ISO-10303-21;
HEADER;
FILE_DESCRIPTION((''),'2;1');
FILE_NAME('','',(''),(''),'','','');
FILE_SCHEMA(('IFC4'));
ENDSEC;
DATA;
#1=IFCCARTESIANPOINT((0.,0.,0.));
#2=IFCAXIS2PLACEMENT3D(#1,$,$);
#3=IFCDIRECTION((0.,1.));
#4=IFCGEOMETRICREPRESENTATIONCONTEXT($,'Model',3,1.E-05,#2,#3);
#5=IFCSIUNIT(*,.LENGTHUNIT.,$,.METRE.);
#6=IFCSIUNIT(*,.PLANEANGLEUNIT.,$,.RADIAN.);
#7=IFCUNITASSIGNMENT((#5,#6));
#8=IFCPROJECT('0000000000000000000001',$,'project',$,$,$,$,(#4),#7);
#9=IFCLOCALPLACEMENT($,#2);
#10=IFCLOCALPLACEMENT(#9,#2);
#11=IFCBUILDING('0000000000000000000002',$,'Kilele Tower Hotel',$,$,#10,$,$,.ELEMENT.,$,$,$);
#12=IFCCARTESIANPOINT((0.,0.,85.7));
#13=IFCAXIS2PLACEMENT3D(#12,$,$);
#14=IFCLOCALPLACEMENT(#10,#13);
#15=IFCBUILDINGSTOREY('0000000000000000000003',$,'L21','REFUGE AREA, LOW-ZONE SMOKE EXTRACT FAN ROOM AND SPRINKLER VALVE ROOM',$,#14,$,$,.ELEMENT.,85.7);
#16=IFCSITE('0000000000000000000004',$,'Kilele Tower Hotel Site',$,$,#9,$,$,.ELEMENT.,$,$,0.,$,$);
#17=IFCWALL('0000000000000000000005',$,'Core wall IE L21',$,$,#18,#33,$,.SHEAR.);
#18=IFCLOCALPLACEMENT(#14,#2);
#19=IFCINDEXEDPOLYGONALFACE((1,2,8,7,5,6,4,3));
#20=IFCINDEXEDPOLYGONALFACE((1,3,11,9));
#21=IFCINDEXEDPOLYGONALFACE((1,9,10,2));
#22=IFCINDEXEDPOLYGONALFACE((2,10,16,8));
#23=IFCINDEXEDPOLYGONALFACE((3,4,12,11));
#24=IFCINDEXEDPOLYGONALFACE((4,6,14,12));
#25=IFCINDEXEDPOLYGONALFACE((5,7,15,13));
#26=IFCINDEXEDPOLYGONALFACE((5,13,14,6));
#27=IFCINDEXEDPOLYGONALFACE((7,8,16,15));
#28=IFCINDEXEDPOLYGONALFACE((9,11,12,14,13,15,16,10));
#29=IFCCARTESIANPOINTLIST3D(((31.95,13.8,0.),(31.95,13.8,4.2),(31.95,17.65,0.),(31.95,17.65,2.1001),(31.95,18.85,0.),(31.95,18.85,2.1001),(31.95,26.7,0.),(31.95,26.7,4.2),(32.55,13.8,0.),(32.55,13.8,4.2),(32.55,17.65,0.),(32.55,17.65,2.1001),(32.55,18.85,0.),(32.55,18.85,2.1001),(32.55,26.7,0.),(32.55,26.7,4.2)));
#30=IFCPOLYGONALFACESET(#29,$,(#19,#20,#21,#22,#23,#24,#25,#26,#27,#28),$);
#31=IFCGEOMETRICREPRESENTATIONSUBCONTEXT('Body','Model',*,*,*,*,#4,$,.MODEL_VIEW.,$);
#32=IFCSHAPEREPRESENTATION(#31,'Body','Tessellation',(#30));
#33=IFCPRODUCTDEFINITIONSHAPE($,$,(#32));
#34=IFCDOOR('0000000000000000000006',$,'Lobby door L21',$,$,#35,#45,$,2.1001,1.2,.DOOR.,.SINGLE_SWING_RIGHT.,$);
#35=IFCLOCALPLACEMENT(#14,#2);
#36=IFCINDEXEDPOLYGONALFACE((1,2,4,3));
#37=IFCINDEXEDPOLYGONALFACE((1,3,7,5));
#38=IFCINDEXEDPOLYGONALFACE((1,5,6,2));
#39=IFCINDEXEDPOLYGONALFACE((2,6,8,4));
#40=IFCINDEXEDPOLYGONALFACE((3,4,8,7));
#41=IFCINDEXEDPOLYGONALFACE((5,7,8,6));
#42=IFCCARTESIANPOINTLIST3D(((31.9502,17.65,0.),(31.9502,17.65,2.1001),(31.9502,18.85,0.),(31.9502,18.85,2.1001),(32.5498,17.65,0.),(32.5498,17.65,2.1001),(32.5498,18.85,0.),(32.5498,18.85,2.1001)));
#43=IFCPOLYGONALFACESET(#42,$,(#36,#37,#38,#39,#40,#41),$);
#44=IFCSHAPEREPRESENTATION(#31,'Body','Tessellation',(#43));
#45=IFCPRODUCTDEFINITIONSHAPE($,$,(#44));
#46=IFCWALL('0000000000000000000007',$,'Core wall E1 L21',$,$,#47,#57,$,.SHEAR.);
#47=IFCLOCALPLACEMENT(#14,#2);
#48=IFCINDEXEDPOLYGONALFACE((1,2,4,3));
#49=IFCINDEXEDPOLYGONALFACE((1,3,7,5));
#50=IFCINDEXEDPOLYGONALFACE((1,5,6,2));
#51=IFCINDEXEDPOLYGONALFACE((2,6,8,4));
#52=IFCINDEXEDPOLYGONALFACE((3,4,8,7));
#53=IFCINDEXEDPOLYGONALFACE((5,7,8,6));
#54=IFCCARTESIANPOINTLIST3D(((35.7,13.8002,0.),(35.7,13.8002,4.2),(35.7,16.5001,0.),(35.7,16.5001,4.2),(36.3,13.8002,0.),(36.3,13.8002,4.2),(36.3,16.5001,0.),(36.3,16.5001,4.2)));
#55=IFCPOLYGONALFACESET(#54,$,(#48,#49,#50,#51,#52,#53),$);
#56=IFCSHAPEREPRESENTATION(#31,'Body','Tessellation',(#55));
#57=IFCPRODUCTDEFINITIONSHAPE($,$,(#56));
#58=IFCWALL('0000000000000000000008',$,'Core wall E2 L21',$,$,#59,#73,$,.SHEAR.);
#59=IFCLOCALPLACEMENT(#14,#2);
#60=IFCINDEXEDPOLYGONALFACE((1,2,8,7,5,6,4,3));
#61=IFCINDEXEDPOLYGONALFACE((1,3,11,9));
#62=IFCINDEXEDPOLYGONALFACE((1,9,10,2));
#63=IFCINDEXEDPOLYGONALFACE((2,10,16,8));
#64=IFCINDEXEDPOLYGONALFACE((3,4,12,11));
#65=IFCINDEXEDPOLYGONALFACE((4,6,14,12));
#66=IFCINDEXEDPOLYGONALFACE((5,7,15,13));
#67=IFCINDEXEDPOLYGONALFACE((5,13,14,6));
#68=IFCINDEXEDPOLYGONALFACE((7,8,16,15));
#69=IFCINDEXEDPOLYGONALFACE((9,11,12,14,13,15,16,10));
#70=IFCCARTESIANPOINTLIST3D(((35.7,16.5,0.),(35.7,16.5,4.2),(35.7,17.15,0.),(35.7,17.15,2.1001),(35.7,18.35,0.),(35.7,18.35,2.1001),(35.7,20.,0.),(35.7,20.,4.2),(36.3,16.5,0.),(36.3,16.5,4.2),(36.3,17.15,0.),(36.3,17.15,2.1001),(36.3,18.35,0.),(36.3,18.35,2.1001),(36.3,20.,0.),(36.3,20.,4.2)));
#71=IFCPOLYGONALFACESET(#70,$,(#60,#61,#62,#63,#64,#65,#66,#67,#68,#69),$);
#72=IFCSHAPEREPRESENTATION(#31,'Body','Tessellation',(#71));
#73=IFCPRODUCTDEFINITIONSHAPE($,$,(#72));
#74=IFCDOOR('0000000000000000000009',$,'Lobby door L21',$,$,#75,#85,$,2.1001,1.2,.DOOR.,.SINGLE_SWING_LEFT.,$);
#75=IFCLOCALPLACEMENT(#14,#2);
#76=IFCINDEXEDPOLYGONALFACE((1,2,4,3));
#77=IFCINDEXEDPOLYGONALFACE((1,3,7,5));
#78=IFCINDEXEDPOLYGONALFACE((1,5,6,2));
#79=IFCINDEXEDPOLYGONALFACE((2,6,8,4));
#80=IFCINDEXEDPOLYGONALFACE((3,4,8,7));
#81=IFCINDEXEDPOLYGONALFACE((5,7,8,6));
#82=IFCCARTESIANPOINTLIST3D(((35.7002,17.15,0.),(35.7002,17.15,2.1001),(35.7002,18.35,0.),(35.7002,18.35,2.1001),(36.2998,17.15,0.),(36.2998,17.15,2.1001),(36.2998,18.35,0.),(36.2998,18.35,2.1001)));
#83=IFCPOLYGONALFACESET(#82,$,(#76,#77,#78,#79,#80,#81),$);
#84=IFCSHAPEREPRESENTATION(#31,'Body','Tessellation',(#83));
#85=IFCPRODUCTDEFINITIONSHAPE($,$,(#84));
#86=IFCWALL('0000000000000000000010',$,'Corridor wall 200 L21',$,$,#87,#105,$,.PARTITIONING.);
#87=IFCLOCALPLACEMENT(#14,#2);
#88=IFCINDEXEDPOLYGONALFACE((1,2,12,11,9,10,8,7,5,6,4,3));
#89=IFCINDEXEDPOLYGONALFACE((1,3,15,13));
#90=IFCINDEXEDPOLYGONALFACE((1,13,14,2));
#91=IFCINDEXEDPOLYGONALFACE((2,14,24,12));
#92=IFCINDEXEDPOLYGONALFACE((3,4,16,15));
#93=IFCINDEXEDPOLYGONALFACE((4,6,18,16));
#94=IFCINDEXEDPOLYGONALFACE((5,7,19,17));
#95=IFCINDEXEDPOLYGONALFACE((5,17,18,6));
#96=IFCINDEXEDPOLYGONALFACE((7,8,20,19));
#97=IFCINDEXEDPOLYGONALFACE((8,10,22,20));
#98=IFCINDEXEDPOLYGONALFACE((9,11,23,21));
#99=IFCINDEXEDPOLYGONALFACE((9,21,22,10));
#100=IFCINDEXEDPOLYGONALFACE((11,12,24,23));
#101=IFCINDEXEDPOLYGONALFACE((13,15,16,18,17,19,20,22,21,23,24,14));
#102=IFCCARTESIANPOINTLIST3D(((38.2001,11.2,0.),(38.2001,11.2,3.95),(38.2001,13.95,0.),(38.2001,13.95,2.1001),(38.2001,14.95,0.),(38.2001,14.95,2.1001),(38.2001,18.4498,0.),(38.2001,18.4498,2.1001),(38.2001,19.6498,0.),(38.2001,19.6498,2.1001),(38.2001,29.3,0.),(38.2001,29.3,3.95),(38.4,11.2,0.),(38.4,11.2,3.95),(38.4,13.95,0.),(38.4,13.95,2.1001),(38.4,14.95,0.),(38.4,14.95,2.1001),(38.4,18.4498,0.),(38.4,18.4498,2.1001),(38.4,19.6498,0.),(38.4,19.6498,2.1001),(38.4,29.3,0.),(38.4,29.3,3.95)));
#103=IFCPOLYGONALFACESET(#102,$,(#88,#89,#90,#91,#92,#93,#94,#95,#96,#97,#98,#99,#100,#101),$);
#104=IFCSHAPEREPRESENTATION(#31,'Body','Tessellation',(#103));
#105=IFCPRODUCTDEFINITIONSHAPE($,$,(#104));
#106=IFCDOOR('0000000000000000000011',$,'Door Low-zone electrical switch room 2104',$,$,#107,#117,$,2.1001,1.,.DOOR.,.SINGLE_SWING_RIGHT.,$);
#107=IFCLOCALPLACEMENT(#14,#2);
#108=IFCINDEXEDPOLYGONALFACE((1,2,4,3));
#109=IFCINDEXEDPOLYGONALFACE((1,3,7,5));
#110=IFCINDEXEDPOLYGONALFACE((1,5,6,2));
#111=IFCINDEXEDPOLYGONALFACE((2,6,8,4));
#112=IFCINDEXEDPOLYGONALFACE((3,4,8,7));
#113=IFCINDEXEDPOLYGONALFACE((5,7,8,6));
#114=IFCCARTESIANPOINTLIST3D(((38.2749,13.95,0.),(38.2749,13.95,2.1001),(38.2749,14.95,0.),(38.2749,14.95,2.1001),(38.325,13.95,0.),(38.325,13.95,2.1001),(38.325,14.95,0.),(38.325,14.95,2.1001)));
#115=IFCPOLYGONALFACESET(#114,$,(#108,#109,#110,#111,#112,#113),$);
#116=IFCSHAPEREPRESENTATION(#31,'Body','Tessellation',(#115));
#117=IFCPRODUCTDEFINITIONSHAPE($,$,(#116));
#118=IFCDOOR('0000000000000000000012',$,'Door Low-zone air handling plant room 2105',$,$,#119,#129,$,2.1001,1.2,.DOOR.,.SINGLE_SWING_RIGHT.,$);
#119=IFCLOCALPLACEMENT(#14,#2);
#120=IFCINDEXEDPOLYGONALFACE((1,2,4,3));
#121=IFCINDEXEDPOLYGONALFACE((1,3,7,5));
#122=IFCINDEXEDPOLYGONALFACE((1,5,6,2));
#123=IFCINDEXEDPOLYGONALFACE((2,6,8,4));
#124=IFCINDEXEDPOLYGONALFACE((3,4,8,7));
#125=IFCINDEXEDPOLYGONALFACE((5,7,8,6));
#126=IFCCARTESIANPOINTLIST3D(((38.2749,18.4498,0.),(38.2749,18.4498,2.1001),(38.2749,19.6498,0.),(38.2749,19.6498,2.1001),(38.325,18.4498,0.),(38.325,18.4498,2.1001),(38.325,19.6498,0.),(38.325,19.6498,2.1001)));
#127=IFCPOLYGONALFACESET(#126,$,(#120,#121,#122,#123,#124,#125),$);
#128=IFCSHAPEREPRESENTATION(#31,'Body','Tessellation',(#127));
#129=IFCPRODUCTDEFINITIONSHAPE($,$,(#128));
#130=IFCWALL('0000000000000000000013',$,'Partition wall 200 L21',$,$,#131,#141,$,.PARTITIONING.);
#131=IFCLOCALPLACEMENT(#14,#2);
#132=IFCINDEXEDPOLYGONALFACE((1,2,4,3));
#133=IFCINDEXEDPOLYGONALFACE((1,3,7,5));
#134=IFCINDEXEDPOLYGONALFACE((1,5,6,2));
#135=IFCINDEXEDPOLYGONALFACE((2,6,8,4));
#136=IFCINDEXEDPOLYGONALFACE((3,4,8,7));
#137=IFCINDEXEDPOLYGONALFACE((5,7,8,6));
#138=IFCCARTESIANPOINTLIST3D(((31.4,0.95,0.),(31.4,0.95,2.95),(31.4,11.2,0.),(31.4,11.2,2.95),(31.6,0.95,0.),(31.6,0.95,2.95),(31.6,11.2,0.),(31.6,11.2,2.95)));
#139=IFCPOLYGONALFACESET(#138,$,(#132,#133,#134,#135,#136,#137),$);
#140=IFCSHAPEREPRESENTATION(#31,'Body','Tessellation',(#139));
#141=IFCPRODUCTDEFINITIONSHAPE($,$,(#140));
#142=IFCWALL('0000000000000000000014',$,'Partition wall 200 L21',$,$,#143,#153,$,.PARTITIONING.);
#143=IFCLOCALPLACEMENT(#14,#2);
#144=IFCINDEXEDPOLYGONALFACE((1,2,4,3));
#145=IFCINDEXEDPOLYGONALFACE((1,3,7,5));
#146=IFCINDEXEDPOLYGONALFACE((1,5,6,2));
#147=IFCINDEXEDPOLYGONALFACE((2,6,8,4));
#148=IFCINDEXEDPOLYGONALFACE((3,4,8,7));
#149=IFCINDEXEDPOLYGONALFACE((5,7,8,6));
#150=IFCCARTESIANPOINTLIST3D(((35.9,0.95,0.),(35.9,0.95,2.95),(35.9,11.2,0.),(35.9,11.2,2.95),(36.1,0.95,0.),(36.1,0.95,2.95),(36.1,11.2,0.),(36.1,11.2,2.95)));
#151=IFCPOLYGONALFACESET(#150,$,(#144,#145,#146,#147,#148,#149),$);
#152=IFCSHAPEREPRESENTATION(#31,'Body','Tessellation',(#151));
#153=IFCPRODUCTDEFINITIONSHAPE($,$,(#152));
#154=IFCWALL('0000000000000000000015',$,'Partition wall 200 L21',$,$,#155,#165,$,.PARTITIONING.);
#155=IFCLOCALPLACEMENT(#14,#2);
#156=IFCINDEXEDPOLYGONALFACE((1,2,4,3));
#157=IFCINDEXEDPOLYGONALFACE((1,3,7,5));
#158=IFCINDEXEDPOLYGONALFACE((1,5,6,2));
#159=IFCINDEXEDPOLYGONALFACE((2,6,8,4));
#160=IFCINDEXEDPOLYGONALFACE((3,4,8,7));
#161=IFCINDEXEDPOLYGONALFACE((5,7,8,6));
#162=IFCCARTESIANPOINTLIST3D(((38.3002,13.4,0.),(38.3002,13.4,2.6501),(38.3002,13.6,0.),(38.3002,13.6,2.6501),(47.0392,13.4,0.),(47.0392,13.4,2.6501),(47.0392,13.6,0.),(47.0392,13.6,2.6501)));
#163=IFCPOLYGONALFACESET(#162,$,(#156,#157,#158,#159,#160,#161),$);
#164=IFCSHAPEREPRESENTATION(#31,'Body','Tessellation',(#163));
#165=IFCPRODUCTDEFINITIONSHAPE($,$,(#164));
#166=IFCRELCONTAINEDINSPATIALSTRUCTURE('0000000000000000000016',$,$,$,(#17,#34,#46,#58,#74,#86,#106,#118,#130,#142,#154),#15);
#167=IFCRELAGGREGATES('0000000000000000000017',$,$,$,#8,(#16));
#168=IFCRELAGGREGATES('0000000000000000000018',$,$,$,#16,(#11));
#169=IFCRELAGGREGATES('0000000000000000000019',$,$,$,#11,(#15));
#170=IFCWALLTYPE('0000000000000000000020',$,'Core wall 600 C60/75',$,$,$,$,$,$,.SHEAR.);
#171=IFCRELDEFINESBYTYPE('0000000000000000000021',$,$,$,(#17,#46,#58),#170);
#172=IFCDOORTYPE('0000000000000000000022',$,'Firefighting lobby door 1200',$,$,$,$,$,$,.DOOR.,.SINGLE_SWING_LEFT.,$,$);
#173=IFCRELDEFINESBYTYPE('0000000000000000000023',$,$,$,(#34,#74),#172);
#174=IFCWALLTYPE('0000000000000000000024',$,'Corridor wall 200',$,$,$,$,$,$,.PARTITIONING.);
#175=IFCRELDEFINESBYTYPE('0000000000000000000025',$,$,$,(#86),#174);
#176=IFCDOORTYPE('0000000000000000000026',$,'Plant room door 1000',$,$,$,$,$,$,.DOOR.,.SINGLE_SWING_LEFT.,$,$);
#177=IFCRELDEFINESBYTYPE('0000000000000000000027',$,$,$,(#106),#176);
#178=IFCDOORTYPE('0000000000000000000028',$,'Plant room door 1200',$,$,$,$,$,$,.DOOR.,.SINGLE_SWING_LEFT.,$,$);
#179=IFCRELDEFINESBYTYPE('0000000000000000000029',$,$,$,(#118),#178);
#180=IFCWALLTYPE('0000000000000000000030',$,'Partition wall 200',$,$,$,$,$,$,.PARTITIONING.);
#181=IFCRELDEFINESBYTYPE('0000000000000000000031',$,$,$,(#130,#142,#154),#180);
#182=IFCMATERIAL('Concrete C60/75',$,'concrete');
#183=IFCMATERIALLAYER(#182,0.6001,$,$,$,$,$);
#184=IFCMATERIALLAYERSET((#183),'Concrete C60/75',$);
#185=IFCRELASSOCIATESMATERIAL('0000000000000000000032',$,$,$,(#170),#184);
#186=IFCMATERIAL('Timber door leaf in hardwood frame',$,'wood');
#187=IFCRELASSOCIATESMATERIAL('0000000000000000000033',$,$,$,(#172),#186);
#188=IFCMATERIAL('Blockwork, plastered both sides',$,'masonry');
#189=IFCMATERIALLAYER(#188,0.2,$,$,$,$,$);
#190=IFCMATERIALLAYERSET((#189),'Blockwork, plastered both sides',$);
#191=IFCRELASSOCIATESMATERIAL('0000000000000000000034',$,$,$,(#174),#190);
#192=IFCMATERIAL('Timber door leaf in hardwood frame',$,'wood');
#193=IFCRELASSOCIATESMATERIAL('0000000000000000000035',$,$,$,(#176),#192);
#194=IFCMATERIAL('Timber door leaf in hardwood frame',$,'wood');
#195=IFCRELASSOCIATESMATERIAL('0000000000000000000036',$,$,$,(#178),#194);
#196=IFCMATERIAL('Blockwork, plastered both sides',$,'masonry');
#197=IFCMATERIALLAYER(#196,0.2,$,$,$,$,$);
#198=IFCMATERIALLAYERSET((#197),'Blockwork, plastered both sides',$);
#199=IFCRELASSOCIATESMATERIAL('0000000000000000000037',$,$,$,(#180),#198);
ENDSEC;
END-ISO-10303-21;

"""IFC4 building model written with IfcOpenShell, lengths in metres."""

from ifc_helpers import new_model, si_unit, direction, frame, frame_2d, origin, place, context, subcontext, project, spatial, rectangle, extrude, material, layer, layer_set, type_object, element, fill, save


model = new_model("IFC4")

# Units and contexts
model_context = context("Model", 3, precision=1e-05, world=origin(), true_north=direction((0.0, 1.0)))
body_context = subcontext(model_context, "Body", "Model", "MODEL_VIEW")
ifc_project = project(units=[si_unit("LENGTHUNIT", "METRE"), si_unit("PLANEANGLEUNIT", "RADIAN")], contexts=[model_context])

# Site, building, storey
site_placement = place(None, origin())
site = spatial("IfcSite", under=ifc_project, at=site_placement, Name="Kilele Tower Hotel Site", CompositionType="ELEMENT", RefElevation=0.0)
building_placement = place(site_placement, origin())
building = spatial("IfcBuilding", under=site, at=building_placement, Name="Kilele Tower Hotel", CompositionType="ELEMENT")
storey_placement = place(building_placement, frame((0.0, 0.0, 85.7)))
storey = spatial("IfcBuildingStorey", under=building, at=storey_placement, Name="L21", Description="REFUGE AREA, LOW-ZONE SMOKE EXTRACT FAN ROOM AND SPRINKLER VALVE ROOM", CompositionType="ELEMENT", Elevation=85.7)

# Wall, opening, door
ifc_material_1 = material(Name="Concrete C60/75", Category="concrete")
ifc_layer_1 = layer(ifc_material_1, 0.6001)
ifc_layer_set_1 = layer_set([ifc_layer_1], Name="Concrete C60/75")
wall_type_1 = type_object("IfcWallType", Name="Core wall 600 C60/75", PredefinedType="SHEAR", material=ifc_layer_set_1)
wall_1_placement = place(storey_placement, frame((32.25, 13.8, 0.0), z_axis=(0.0, 0.0, 1.0), x_axis=(0.0, 1.0, 0.0)))
wall_1 = element("IfcWall", 1, at=wall_1_placement, inside=storey, type_object=wall_type_1, Name="Core wall IE L21", PredefinedType="SHEAR", context=body_context, shape_type="SweptSolid", body=[
    extrude(rectangle(XDim=12.8999, YDim=0.6001, at=frame_2d((6.45, 0.0))), origin(), (0.0, 0.0, 1.0), 4.2),
])
opening_1_placement = place(wall_1_placement, frame((5.05, 0.0, 0.0), z_axis=(0.0, 0.0, 1.0), x_axis=(-1.0, 0.0, 0.0)))
opening_1 = element("IfcOpeningElement", 2, at=opening_1_placement, cuts=wall_1, PredefinedType="OPENING", context=body_context, shape_type="SweptSolid", body=[
    extrude(rectangle(XDim=1.2, YDim=2.1001, at=frame_2d((0.6001, 1.05))), frame((0.0, 0.3101, 0.0), z_axis=(0.0, -1.0, 0.0), x_axis=(1.0, 0.0, 0.0)), (0.0, 0.0, 1.0), 0.6201),
])
ifc_material_2 = material(Name="Timber door leaf in hardwood frame", Category="wood")
door_type_1 = type_object("IfcDoorType", Name="Firefighting lobby door 1200", OperationType="SINGLE_SWING_LEFT", PredefinedType="DOOR", material=ifc_material_2)
door_1_placement = place(opening_1_placement, origin())
door_1 = element("IfcDoor", 3, at=door_1_placement, inside=storey, type_object=door_type_1, Name="Lobby door L21", OperationType="SINGLE_SWING_RIGHT", OverallHeight=2.1001, OverallWidth=1.2, PredefinedType="DOOR", context=body_context, shape_type="SweptSolid", body=[
    extrude(rectangle(XDim=1.2, YDim=2.1001, at=frame_2d((0.6001, 1.05))), frame((0.0, 0.2998, 0.0), z_axis=(0.0, -1.0, 0.0), x_axis=(1.0, 0.0, 0.0)), (0.0, 0.0, 1.0), 0.5996),
])
fill(opening_1, door_1)

# Wall
wall_2_placement = place(storey_placement, frame((36.0, 13.8, 0.0), z_axis=(0.0, 0.0, 1.0), x_axis=(0.0, 1.0, 0.0)))
element("IfcWall", 4, at=wall_2_placement, inside=storey, type_object=wall_type_1, Name="Core wall E1 L21", PredefinedType="SHEAR", context=body_context, shape_type="SweptSolid", body=[
    extrude(rectangle(XDim=2.7, YDim=0.6001, at=frame_2d((1.3501, 0.0))), origin(), (0.0, 0.0, 1.0), 4.2),
])

# Wall, opening, door
wall_3_placement = place(storey_placement, frame((36.0, 16.5, 0.0), z_axis=(0.0, 0.0, 1.0), x_axis=(0.0, 1.0, 0.0)))
wall_3 = element("IfcWall", 5, at=wall_3_placement, inside=storey, type_object=wall_type_1, Name="Core wall E2 L21", PredefinedType="SHEAR", context=body_context, shape_type="SweptSolid", body=[
    extrude(rectangle(XDim=3.5, YDim=0.6001, at=frame_2d((1.75, 0.0))), origin(), (0.0, 0.0, 1.0), 4.2),
])
opening_2_placement = place(wall_3_placement, frame((0.6499, 0.0, 0.0)))
opening_2 = element("IfcOpeningElement", 6, at=opening_2_placement, cuts=wall_3, PredefinedType="OPENING", context=body_context, shape_type="SweptSolid", body=[
    extrude(rectangle(XDim=1.2, YDim=2.1001, at=frame_2d((0.6001, 1.05))), frame((0.0, 0.3101, 0.0), z_axis=(0.0, -1.0, 0.0), x_axis=(1.0, 0.0, 0.0)), (0.0, 0.0, 1.0), 0.6201),
])
door_2_placement = place(opening_2_placement, origin())
door_2 = element("IfcDoor", 7, at=door_2_placement, inside=storey, type_object=door_type_1, Name="Lobby door L21", OperationType="SINGLE_SWING_LEFT", OverallHeight=2.1001, OverallWidth=1.2, PredefinedType="DOOR", context=body_context, shape_type="SweptSolid", body=[
    extrude(rectangle(XDim=1.2, YDim=2.1001, at=frame_2d((0.6001, 1.05))), frame((0.0, 0.2998, 0.0), z_axis=(0.0, -1.0, 0.0), x_axis=(1.0, 0.0, 0.0)), (0.0, 0.0, 1.0), 0.5996),
])
fill(opening_2, door_2)

# Wall, openings, doors
ifc_material_3 = material(Name="Blockwork, plastered both sides", Category="masonry")
ifc_layer_2 = layer(ifc_material_3, 0.2)
ifc_layer_set_2 = layer_set([ifc_layer_2], Name="Blockwork, plastered both sides")
wall_type_2 = type_object("IfcWallType", Name="Corridor wall 200", PredefinedType="PARTITIONING", material=ifc_layer_set_2)
wall_4_placement = place(storey_placement, frame((38.3, 11.2, 0.0), z_axis=(0.0, 0.0, 1.0), x_axis=(0.0, 1.0, 0.0)))
wall_4 = element("IfcWall", 8, at=wall_4_placement, inside=storey, type_object=wall_type_2, Name="Corridor wall 200 L21", PredefinedType="PARTITIONING", context=body_context, shape_type="SweptSolid", body=[
    extrude(rectangle(XDim=18.1001, YDim=0.2, at=frame_2d((9.05, 0.0))), origin(), (0.0, 0.0, 1.0), 3.95),
])
opening_3_placement = place(wall_4_placement, frame((3.75, 0.0, 0.0), z_axis=(0.0, 0.0, 1.0), x_axis=(-1.0, 0.0, 0.0)))
opening_3 = element("IfcOpeningElement", 9, at=opening_3_placement, cuts=wall_4, PredefinedType="OPENING", context=body_context, shape_type="SweptSolid", body=[
    extrude(rectangle(XDim=1.0, YDim=2.1001, at=frame_2d((0.5, 1.05))), frame((0.0, 0.1099, 0.0), z_axis=(0.0, -1.0, 0.0), x_axis=(1.0, 0.0, 0.0)), (0.0, 0.0, 1.0), 0.22),
])
opening_4_placement = place(wall_4_placement, frame((8.45, 0.0, 0.0), z_axis=(0.0, 0.0, 1.0), x_axis=(-1.0, 0.0, 0.0)))
opening_4 = element("IfcOpeningElement", 10, at=opening_4_placement, cuts=wall_4, PredefinedType="OPENING", context=body_context, shape_type="SweptSolid", body=[
    extrude(rectangle(XDim=1.2, YDim=2.1001, at=frame_2d((0.6001, 1.05))), frame((0.0, 0.1099, 0.0), z_axis=(0.0, -1.0, 0.0), x_axis=(1.0, 0.0, 0.0)), (0.0, 0.0, 1.0), 0.22),
])
ifc_material_4 = material(Name="Timber door leaf in hardwood frame", Category="wood")
door_type_2 = type_object("IfcDoorType", Name="Plant room door 1000", OperationType="SINGLE_SWING_LEFT", PredefinedType="DOOR", material=ifc_material_4)
door_3_placement = place(opening_3_placement, origin())
door_3 = element("IfcDoor", 11, at=door_3_placement, inside=storey, type_object=door_type_2, Name="Door Low-zone electrical switch room 2104", OperationType="SINGLE_SWING_RIGHT", OverallHeight=2.1001, OverallWidth=1.0, PredefinedType="DOOR", context=body_context, shape_type="SweptSolid", body=[
    extrude(rectangle(XDim=1.0, YDim=2.1001, at=frame_2d((0.5, 1.05))), frame((0.0, 0.0249, 0.0), z_axis=(0.0, -1.0, 0.0), x_axis=(1.0, 0.0, 0.0)), (0.0, 0.0, 1.0), 0.05),
])
fill(opening_3, door_3)
ifc_material_5 = material(Name="Timber door leaf in hardwood frame", Category="wood")
door_type_3 = type_object("IfcDoorType", Name="Plant room door 1200", OperationType="SINGLE_SWING_LEFT", PredefinedType="DOOR", material=ifc_material_5)
door_4_placement = place(opening_4_placement, origin())
door_4 = element("IfcDoor", 12, at=door_4_placement, inside=storey, type_object=door_type_3, Name="Door Low-zone air handling plant room 2105", OperationType="SINGLE_SWING_RIGHT", OverallHeight=2.1001, OverallWidth=1.2, PredefinedType="DOOR", context=body_context, shape_type="SweptSolid", body=[
    extrude(rectangle(XDim=1.2, YDim=2.1001, at=frame_2d((0.6001, 1.05))), frame((0.0, 0.0249, 0.0), z_axis=(0.0, -1.0, 0.0), x_axis=(1.0, 0.0, 0.0)), (0.0, 0.0, 1.0), 0.05),
])
fill(opening_4, door_4)

# Walls
ifc_material_6 = material(Name="Blockwork, plastered both sides", Category="masonry")
ifc_layer_3 = layer(ifc_material_6, 0.2)
ifc_layer_set_3 = layer_set([ifc_layer_3], Name="Blockwork, plastered both sides")
wall_type_3 = type_object("IfcWallType", Name="Partition wall 200", PredefinedType="PARTITIONING", material=ifc_layer_set_3)
for number, where, z_axis, x_axis, name in (
    (13, (31.5, 11.2, 0.0), (0.0, 0.0, 1.0), (0.0, -1.0, 0.0), "Partition wall 200 L21"),
    (14, (36.0, 11.2, 0.0), (0.0, 0.0, 1.0), (0.0, -1.0, 0.0), "Partition wall 200 L21"),
):
    element("IfcWall", number, at=place(storey_placement, frame(where, z_axis=z_axis, x_axis=x_axis)), inside=storey, type_object=wall_type_3, Name=name, PredefinedType="PARTITIONING", context=body_context, shape_type="SweptSolid", body=[
        extrude(rectangle(XDim=10.25, YDim=0.2, at=frame_2d((5.125, 0.0))), origin(), (0.0, 0.0, 1.0), 2.95),
    ])
wall_5_placement = place(storey_placement, frame((38.3, 13.5, 0.0), z_axis=(0.0, 0.0, 1.0), x_axis=(1.0, 0.0, 0.0)))
element("IfcWall", 15, at=wall_5_placement, inside=storey, type_object=wall_type_3, Name="Partition wall 200 L21", PredefinedType="PARTITIONING", context=body_context, shape_type="SweptSolid", body=[
    extrude(rectangle(XDim=8.739, YDim=0.2, at=frame_2d((4.3696, 0.0))), origin(), (0.0, 0.0, 1.0), 2.6501),
])

save(model, "model.ifc")
